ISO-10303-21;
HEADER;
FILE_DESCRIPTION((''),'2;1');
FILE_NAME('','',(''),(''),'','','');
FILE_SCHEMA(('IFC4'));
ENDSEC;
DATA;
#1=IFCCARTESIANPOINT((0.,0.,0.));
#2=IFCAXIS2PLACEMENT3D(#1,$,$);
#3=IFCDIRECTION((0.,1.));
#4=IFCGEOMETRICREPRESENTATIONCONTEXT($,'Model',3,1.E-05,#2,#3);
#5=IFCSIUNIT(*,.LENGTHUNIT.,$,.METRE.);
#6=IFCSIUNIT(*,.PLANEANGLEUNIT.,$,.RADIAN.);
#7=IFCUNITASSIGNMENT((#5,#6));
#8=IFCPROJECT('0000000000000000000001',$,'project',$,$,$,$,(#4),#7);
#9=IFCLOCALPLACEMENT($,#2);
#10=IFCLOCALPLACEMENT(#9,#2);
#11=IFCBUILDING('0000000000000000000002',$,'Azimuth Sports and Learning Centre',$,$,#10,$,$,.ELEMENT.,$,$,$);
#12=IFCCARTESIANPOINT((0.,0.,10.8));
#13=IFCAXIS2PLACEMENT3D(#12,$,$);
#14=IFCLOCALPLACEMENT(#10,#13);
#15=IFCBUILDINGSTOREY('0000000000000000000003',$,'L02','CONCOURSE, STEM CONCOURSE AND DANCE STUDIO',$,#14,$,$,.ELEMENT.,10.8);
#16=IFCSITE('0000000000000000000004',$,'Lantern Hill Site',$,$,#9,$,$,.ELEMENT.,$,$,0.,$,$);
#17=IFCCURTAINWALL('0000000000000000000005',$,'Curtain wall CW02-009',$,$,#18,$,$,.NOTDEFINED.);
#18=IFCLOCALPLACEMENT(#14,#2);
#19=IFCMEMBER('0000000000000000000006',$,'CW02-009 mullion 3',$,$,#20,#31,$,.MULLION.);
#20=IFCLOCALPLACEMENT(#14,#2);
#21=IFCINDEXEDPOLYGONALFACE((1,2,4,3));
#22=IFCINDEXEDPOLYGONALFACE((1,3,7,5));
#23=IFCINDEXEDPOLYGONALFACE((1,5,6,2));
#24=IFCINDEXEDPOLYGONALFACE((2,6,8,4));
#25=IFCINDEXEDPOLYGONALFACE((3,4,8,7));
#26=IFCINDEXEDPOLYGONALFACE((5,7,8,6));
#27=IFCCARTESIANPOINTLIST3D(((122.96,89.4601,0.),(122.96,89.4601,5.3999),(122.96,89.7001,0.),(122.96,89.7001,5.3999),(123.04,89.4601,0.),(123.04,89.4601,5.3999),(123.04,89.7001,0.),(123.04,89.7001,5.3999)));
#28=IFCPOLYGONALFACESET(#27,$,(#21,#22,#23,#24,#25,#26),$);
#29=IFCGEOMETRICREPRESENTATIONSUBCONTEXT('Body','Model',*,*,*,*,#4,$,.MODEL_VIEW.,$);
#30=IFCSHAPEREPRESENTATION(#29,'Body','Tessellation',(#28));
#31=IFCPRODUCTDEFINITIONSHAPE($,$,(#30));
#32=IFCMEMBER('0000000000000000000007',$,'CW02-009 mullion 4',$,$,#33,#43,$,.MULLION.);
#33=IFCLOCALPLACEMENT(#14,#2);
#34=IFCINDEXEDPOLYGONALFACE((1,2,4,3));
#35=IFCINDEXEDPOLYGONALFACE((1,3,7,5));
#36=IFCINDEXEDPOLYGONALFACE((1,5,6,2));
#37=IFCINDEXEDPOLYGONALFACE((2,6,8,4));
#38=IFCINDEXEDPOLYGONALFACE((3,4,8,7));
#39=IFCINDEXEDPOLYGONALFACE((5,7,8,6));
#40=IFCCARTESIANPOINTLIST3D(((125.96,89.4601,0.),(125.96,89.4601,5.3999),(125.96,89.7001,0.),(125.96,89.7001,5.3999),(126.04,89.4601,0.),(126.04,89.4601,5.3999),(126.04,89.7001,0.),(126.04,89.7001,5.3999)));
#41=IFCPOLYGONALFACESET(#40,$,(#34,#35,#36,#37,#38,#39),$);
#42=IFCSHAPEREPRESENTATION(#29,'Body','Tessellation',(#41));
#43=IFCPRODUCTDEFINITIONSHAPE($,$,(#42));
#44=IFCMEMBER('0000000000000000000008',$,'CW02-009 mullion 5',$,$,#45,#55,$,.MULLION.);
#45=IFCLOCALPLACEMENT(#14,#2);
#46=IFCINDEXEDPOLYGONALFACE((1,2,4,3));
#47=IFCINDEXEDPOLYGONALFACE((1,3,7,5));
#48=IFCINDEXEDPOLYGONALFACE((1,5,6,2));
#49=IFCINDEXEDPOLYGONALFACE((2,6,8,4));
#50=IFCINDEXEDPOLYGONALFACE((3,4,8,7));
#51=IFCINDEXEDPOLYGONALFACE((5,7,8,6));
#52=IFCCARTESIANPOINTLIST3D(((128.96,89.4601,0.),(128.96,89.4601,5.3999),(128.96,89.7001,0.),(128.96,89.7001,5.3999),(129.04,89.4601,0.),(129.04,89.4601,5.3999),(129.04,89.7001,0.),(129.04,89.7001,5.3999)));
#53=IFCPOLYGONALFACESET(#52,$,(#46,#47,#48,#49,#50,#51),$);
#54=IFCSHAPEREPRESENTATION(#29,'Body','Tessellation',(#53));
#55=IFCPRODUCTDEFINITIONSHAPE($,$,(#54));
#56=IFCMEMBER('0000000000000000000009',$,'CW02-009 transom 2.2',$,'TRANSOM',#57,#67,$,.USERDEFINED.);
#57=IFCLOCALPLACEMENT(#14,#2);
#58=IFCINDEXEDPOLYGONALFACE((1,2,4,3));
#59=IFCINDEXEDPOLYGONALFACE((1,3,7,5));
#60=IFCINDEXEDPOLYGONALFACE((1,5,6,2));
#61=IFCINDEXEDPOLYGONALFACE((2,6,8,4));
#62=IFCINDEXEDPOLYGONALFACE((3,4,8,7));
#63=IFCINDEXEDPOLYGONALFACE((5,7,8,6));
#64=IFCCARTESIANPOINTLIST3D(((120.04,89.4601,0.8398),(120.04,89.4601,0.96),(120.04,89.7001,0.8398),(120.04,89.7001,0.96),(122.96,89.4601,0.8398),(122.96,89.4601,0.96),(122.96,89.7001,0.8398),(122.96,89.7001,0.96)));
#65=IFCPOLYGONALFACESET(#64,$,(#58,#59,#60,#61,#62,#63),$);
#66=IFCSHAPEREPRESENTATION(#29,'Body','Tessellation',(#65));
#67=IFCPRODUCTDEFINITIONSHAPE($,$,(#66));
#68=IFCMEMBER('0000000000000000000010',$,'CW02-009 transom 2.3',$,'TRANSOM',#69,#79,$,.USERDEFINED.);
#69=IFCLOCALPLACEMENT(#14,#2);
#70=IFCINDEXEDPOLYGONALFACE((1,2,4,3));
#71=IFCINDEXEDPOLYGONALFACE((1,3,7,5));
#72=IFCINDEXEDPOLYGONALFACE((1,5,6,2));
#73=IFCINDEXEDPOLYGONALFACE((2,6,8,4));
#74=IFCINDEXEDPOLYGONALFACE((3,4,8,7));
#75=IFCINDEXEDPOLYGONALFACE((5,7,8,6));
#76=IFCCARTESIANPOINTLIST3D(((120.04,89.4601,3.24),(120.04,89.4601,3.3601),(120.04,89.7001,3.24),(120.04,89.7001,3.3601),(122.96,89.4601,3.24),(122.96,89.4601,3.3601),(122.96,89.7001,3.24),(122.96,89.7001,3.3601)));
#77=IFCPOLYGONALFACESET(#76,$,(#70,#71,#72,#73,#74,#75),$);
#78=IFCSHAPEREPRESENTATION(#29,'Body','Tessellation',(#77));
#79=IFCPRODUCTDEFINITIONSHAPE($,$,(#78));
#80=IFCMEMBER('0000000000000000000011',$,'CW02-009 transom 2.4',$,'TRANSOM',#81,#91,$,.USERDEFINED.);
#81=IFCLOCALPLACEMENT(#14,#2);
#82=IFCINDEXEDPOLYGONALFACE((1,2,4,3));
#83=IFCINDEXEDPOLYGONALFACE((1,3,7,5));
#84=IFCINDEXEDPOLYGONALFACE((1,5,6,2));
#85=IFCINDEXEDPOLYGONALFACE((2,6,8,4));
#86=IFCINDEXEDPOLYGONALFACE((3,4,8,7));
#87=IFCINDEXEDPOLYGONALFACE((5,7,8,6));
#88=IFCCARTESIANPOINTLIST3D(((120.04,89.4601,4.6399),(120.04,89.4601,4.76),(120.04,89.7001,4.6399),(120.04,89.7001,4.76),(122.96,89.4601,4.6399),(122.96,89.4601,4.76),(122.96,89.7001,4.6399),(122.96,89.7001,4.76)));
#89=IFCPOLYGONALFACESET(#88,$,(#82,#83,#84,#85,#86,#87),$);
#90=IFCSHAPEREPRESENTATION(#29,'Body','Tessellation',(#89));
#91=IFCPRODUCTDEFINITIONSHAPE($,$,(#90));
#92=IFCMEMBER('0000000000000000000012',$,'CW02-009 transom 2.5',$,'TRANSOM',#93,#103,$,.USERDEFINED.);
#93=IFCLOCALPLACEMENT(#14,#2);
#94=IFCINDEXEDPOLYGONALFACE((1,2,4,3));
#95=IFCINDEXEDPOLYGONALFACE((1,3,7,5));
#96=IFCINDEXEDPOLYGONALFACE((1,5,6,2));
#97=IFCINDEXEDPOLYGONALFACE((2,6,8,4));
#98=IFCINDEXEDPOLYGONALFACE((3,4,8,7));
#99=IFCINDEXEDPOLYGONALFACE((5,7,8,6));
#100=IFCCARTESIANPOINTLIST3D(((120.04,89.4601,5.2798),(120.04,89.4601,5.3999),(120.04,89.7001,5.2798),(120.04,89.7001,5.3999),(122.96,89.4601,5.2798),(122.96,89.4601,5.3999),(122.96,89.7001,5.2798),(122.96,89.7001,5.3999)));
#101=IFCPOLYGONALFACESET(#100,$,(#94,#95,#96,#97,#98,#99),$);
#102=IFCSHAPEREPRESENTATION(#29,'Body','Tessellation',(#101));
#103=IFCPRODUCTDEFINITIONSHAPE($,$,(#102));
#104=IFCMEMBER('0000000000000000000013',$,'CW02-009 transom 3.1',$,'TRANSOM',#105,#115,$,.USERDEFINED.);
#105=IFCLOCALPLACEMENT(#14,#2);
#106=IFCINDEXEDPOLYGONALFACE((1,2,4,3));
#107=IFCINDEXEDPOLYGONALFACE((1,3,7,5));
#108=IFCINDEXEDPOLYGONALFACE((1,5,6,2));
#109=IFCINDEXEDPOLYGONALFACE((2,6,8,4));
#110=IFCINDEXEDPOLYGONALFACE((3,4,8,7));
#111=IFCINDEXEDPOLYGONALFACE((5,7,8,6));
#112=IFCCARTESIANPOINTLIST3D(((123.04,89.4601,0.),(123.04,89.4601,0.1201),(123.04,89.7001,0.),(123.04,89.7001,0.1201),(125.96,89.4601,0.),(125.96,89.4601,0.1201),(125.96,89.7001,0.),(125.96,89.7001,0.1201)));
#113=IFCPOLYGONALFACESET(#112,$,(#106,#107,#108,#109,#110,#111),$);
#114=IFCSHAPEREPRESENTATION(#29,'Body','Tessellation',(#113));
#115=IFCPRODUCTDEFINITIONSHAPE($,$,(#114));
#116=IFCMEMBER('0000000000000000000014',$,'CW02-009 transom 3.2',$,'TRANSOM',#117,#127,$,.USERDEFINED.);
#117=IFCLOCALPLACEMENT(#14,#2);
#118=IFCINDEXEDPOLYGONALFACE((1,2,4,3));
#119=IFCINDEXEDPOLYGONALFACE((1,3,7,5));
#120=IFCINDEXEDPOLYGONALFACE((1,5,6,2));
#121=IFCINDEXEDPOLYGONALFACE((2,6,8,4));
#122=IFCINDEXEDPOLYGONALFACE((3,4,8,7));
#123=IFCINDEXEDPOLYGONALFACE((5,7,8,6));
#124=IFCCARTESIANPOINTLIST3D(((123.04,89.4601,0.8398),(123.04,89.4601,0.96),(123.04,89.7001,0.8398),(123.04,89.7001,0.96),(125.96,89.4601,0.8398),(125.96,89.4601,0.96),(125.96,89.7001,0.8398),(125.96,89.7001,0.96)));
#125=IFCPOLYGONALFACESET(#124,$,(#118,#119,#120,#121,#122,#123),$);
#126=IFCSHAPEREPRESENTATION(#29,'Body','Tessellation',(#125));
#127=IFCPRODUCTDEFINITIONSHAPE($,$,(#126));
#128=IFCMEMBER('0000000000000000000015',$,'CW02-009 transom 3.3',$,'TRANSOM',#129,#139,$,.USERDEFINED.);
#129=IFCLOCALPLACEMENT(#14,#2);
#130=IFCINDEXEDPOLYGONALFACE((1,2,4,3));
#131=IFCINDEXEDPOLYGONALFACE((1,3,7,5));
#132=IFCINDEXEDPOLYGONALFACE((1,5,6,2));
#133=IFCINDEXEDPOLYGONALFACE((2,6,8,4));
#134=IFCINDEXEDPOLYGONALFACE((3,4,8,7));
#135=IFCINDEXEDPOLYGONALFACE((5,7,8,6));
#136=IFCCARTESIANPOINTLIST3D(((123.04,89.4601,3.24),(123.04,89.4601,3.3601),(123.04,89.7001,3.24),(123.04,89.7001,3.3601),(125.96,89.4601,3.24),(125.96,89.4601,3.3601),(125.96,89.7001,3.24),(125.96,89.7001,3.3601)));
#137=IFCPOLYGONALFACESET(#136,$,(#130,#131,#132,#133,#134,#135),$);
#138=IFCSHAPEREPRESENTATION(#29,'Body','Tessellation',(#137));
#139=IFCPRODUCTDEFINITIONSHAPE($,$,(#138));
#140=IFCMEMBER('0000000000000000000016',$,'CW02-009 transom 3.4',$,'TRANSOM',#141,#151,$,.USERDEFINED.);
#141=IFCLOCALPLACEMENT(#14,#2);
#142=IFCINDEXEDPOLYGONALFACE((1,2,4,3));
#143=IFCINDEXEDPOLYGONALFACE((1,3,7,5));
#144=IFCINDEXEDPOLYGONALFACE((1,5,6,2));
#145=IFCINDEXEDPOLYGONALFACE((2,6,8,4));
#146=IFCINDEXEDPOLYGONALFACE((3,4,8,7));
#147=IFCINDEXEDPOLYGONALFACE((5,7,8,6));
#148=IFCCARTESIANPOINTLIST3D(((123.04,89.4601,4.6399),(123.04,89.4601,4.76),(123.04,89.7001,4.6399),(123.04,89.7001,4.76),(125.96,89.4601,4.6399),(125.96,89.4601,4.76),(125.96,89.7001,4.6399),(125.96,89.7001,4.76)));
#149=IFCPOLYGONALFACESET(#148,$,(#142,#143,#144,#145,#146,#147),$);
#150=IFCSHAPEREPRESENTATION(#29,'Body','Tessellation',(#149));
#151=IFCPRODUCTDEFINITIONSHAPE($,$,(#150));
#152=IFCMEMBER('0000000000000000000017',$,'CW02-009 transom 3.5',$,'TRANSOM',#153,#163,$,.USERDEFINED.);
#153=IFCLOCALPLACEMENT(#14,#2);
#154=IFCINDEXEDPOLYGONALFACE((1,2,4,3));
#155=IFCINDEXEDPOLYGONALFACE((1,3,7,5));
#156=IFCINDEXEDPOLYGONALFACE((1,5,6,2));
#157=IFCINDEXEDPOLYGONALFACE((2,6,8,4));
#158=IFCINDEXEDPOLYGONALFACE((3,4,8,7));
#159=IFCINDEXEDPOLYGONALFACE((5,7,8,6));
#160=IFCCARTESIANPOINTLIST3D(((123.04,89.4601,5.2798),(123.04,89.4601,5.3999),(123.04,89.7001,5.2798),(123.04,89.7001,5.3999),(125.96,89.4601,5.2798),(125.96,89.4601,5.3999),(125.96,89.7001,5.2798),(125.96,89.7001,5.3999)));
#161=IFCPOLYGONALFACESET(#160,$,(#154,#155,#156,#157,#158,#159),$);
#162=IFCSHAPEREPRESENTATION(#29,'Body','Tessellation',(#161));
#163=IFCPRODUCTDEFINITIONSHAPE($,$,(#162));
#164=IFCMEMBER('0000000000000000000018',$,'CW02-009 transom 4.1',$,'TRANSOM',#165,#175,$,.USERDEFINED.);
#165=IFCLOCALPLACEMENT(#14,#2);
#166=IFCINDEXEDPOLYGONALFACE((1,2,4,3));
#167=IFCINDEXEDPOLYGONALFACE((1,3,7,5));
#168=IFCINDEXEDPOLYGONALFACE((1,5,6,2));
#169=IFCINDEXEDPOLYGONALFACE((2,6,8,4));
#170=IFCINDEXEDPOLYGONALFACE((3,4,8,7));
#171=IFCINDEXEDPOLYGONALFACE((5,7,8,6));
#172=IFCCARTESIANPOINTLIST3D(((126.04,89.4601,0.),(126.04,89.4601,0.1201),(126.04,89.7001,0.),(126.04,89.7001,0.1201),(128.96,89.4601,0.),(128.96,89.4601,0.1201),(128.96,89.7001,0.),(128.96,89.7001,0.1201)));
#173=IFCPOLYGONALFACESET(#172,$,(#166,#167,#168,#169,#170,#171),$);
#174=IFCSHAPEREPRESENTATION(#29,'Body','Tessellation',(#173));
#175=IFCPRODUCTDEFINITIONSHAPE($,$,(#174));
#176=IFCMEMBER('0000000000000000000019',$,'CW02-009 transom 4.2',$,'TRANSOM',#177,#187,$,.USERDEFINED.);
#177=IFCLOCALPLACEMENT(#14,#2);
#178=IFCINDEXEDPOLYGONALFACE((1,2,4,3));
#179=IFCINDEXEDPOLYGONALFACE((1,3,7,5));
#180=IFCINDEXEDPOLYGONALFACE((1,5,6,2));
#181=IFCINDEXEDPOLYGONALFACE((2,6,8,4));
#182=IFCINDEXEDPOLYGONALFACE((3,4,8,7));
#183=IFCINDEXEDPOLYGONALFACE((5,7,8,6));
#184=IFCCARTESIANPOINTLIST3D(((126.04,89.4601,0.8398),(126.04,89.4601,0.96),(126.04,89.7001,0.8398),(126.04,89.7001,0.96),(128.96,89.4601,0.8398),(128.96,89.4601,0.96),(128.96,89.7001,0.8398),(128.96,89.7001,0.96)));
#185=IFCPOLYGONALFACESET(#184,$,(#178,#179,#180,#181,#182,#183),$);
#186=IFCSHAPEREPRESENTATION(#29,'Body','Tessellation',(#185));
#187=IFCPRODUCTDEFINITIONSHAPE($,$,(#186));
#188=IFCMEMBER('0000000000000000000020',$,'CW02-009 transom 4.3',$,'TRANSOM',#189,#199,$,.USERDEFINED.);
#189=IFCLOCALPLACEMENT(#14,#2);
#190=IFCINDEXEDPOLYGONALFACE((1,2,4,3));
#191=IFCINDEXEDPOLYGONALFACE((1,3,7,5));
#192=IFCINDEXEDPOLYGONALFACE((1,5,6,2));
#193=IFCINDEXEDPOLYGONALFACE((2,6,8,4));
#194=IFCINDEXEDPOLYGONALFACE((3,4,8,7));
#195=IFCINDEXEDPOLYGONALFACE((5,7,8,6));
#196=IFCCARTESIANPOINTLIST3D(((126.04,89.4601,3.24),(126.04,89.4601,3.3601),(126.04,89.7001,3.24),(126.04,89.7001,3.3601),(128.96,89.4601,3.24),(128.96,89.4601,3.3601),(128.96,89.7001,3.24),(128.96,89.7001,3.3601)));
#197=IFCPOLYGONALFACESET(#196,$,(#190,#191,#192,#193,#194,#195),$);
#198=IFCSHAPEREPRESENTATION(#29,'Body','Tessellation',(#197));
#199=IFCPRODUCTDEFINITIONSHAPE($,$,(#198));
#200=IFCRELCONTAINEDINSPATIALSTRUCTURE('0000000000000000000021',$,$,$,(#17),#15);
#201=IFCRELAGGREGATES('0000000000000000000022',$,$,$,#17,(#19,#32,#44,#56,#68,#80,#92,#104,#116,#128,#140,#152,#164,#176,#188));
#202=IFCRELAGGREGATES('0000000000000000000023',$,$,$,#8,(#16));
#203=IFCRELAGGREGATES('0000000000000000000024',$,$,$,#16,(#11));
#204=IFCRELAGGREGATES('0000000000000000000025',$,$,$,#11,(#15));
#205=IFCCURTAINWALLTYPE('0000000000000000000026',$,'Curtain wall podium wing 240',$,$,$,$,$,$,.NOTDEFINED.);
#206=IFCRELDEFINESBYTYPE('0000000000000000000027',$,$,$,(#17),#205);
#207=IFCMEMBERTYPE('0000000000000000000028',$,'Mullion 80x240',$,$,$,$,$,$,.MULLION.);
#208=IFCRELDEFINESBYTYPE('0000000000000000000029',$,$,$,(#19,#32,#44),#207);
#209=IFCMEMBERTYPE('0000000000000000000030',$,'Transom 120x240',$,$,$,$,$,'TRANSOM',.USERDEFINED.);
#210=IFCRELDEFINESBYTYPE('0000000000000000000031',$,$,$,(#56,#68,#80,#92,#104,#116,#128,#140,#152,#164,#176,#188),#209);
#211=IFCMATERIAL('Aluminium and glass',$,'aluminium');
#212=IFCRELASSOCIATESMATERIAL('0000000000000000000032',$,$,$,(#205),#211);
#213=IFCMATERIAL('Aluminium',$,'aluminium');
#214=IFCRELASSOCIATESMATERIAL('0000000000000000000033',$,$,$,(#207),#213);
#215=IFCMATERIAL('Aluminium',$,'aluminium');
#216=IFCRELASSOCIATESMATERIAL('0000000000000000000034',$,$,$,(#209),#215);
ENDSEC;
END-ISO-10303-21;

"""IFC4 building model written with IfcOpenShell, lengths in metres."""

from ifc_helpers import new_model, si_unit, direction, frame, origin, origin_2d, place, context, subcontext, project, spatial, rectangle, extrude, material, material_profile, profile_set, type_object, element, aggregate, save


model = new_model("IFC4")

# Units and contexts
model_context = context("Model", 3, precision=1e-05, world=origin(), true_north=direction((0.0, 1.0)))
body_context = subcontext(model_context, "Body", "Model", "MODEL_VIEW")
ifc_project = project(units=[si_unit("LENGTHUNIT", "METRE"), si_unit("PLANEANGLEUNIT", "RADIAN")], contexts=[model_context])

# Site, building, storey
site_placement = place(None, origin())
site = spatial("IfcSite", under=ifc_project, at=site_placement, Name="Lantern Hill Site", CompositionType="ELEMENT", RefElevation=0.0)
building_placement = place(site_placement, origin())
building = spatial("IfcBuilding", under=site, at=building_placement, Name="Azimuth Sports and Learning Centre", CompositionType="ELEMENT")
storey_placement = place(building_placement, frame((0.0, 0.0, 10.8)))
storey = spatial("IfcBuildingStorey", under=building, at=storey_placement, Name="L02", Description="CONCOURSE, STEM CONCOURSE AND DANCE STUDIO", CompositionType="ELEMENT", Elevation=10.8)

# Curtain wall, members
ifc_material_1 = material(Name="Aluminium and glass", Category="aluminium")
curtain_wall_type = type_object("IfcCurtainWallType", Name="Curtain wall podium wing 240", PredefinedType="NOTDEFINED", material=ifc_material_1)
curtain_wall_placement = place(storey_placement, origin())
curtain_wall = element("IfcCurtainWall", 1, at=curtain_wall_placement, inside=storey, type_object=curtain_wall_type, Name="Curtain wall CW02-009", PredefinedType="NOTDEFINED")
ifc_material_2 = material(Name="Aluminium", Category="aluminium")
ifc_material_profile_1 = material_profile(ifc_material_2, rectangle(XDim=0.24, YDim=0.0801, at=origin_2d()), Name="Mullion 80x240")
ifc_profile_set_1 = profile_set([ifc_material_profile_1], Name="Aluminium")
member_type_1 = type_object("IfcMemberType", Name="Mullion 80x240", PredefinedType="MULLION", material=ifc_profile_set_1)
member_1_placement = place(storey_placement, frame((123.0, 89.5801, 0.0), z_axis=(0.0, 0.0, 1.0), x_axis=(0.0, 1.0, 0.0)))
member_1 = element("IfcMember", 2, at=member_1_placement, type_object=member_type_1, Name="CW02-009 mullion 3", PredefinedType="MULLION", context=body_context, shape_type="SweptSolid", body=[
    extrude(rectangle(XDim=0.24, YDim=0.0801, at=origin_2d()), origin(), (0.0, 0.0, 1.0), 5.3999),
])
member_2_placement = place(storey_placement, frame((126.0, 89.5801, 0.0), z_axis=(0.0, 0.0, 1.0), x_axis=(0.0, 1.0, 0.0)))
member_2 = element("IfcMember", 3, at=member_2_placement, type_object=member_type_1, Name="CW02-009 mullion 4", PredefinedType="MULLION", context=body_context, shape_type="SweptSolid", body=[
    extrude(rectangle(XDim=0.24, YDim=0.0801, at=origin_2d()), origin(), (0.0, 0.0, 1.0), 5.3999),
])
member_3_placement = place(storey_placement, frame((129.0, 89.5801, 0.0), z_axis=(0.0, 0.0, 1.0), x_axis=(0.0, 1.0, 0.0)))
member_3 = element("IfcMember", 4, at=member_3_placement, type_object=member_type_1, Name="CW02-009 mullion 5", PredefinedType="MULLION", context=body_context, shape_type="SweptSolid", body=[
    extrude(rectangle(XDim=0.24, YDim=0.0801, at=origin_2d()), origin(), (0.0, 0.0, 1.0), 5.3999),
])
ifc_material_3 = material(Name="Aluminium", Category="aluminium")
ifc_material_profile_2 = material_profile(ifc_material_3, rectangle(XDim=0.24, YDim=0.1201, at=origin_2d()), Name="Transom 120x240")
ifc_profile_set_2 = profile_set([ifc_material_profile_2], Name="Aluminium")
member_type_2 = type_object("IfcMemberType", Name="Transom 120x240", ElementType="TRANSOM", PredefinedType="USERDEFINED", material=ifc_profile_set_2)
member_4_placement = place(storey_placement, frame((120.04, 89.5801, 0.8999), z_axis=(1.0, 0.0, 0.0), x_axis=(0.0, 1.0, 0.0)))
member_4 = element("IfcMember", 5, at=member_4_placement, type_object=member_type_2, Name="CW02-009 transom 2.2", ObjectType="TRANSOM", PredefinedType="USERDEFINED", context=body_context, shape_type="SweptSolid", body=[
    extrude(rectangle(XDim=0.24, YDim=0.1201, at=origin_2d()), origin(), (0.0, 0.0, 1.0), 2.9199),
])
member_5_placement = place(storey_placement, frame((120.04, 89.5801, 3.3), z_axis=(1.0, 0.0, 0.0), x_axis=(0.0, 1.0, 0.0)))
member_5 = element("IfcMember", 6, at=member_5_placement, type_object=member_type_2, Name="CW02-009 transom 2.3", ObjectType="TRANSOM", PredefinedType="USERDEFINED", context=body_context, shape_type="SweptSolid", body=[
    extrude(rectangle(XDim=0.24, YDim=0.1201, at=origin_2d()), origin(), (0.0, 0.0, 1.0), 2.9199),
])
member_6_placement = place(storey_placement, frame((120.04, 89.5801, 4.7), z_axis=(1.0, 0.0, 0.0), x_axis=(0.0, 1.0, 0.0)))
member_6 = element("IfcMember", 7, at=member_6_placement, type_object=member_type_2, Name="CW02-009 transom 2.4", ObjectType="TRANSOM", PredefinedType="USERDEFINED", context=body_context, shape_type="SweptSolid", body=[
    extrude(rectangle(XDim=0.24, YDim=0.1201, at=origin_2d()), origin(), (0.0, 0.0, 1.0), 2.9199),
])
member_7_placement = place(storey_placement, frame((120.04, 89.5801, 5.3398), z_axis=(1.0, 0.0, 0.0), x_axis=(0.0, 1.0, 0.0)))
member_7 = element("IfcMember", 8, at=member_7_placement, type_object=member_type_2, Name="CW02-009 transom 2.5", ObjectType="TRANSOM", PredefinedType="USERDEFINED", context=body_context, shape_type="SweptSolid", body=[
    extrude(rectangle(XDim=0.24, YDim=0.1201, at=origin_2d()), origin(), (0.0, 0.0, 1.0), 2.9199),
])
member_8_placement = place(storey_placement, frame((123.04, 89.5801, 0.0601), z_axis=(1.0, 0.0, 0.0), x_axis=(0.0, 1.0, 0.0)))
member_8 = element("IfcMember", 9, at=member_8_placement, type_object=member_type_2, Name="CW02-009 transom 3.1", ObjectType="TRANSOM", PredefinedType="USERDEFINED", context=body_context, shape_type="SweptSolid", body=[
    extrude(rectangle(XDim=0.24, YDim=0.1201, at=origin_2d()), origin(), (0.0, 0.0, 1.0), 2.9199),
])
member_9_placement = place(storey_placement, frame((123.04, 89.5801, 0.8999), z_axis=(1.0, 0.0, 0.0), x_axis=(0.0, 1.0, 0.0)))
member_9 = element("IfcMember", 10, at=member_9_placement, type_object=member_type_2, Name="CW02-009 transom 3.2", ObjectType="TRANSOM", PredefinedType="USERDEFINED", context=body_context, shape_type="SweptSolid", body=[
    extrude(rectangle(XDim=0.24, YDim=0.1201, at=origin_2d()), origin(), (0.0, 0.0, 1.0), 2.9199),
])
member_10_placement = place(storey_placement, frame((123.04, 89.5801, 3.3), z_axis=(1.0, 0.0, 0.0), x_axis=(0.0, 1.0, 0.0)))
member_10 = element("IfcMember", 11, at=member_10_placement, type_object=member_type_2, Name="CW02-009 transom 3.3", ObjectType="TRANSOM", PredefinedType="USERDEFINED", context=body_context, shape_type="SweptSolid", body=[
    extrude(rectangle(XDim=0.24, YDim=0.1201, at=origin_2d()), origin(), (0.0, 0.0, 1.0), 2.9199),
])
member_11_placement = place(storey_placement, frame((123.04, 89.5801, 4.7), z_axis=(1.0, 0.0, 0.0), x_axis=(0.0, 1.0, 0.0)))
member_11 = element("IfcMember", 12, at=member_11_placement, type_object=member_type_2, Name="CW02-009 transom 3.4", ObjectType="TRANSOM", PredefinedType="USERDEFINED", context=body_context, shape_type="SweptSolid", body=[
    extrude(rectangle(XDim=0.24, YDim=0.1201, at=origin_2d()), origin(), (0.0, 0.0, 1.0), 2.9199),
])
member_12_placement = place(storey_placement, frame((123.04, 89.5801, 5.3398), z_axis=(1.0, 0.0, 0.0), x_axis=(0.0, 1.0, 0.0)))
member_12 = element("IfcMember", 13, at=member_12_placement, type_object=member_type_2, Name="CW02-009 transom 3.5", ObjectType="TRANSOM", PredefinedType="USERDEFINED", context=body_context, shape_type="SweptSolid", body=[
    extrude(rectangle(XDim=0.24, YDim=0.1201, at=origin_2d()), origin(), (0.0, 0.0, 1.0), 2.9199),
])
member_13_placement = place(storey_placement, frame((126.04, 89.5801, 0.0601), z_axis=(1.0, 0.0, 0.0), x_axis=(0.0, 1.0, 0.0)))
member_13 = element("IfcMember", 14, at=member_13_placement, type_object=member_type_2, Name="CW02-009 transom 4.1", ObjectType="TRANSOM", PredefinedType="USERDEFINED", context=body_context, shape_type="SweptSolid", body=[
    extrude(rectangle(XDim=0.24, YDim=0.1201, at=origin_2d()), origin(), (0.0, 0.0, 1.0), 2.9199),
])
member_14_placement = place(storey_placement, frame((126.04, 89.5801, 0.8999), z_axis=(1.0, 0.0, 0.0), x_axis=(0.0, 1.0, 0.0)))
member_14 = element("IfcMember", 15, at=member_14_placement, type_object=member_type_2, Name="CW02-009 transom 4.2", ObjectType="TRANSOM", PredefinedType="USERDEFINED", context=body_context, shape_type="SweptSolid", body=[
    extrude(rectangle(XDim=0.24, YDim=0.1201, at=origin_2d()), origin(), (0.0, 0.0, 1.0), 2.9199),
])
member_15_placement = place(storey_placement, frame((126.04, 89.5801, 3.3), z_axis=(1.0, 0.0, 0.0), x_axis=(0.0, 1.0, 0.0)))
member_15 = element("IfcMember", 16, at=member_15_placement, type_object=member_type_2, Name="CW02-009 transom 4.3", ObjectType="TRANSOM", PredefinedType="USERDEFINED", context=body_context, shape_type="SweptSolid", body=[
    extrude(rectangle(XDim=0.24, YDim=0.1201, at=origin_2d()), origin(), (0.0, 0.0, 1.0), 2.9199),
])
aggregate(curtain_wall, [member_1, member_2, member_3, member_4, member_5, member_6, member_7, member_8, member_9, member_10, member_11, member_12, member_13, member_14, member_15])

save(model, "model.ifc")
